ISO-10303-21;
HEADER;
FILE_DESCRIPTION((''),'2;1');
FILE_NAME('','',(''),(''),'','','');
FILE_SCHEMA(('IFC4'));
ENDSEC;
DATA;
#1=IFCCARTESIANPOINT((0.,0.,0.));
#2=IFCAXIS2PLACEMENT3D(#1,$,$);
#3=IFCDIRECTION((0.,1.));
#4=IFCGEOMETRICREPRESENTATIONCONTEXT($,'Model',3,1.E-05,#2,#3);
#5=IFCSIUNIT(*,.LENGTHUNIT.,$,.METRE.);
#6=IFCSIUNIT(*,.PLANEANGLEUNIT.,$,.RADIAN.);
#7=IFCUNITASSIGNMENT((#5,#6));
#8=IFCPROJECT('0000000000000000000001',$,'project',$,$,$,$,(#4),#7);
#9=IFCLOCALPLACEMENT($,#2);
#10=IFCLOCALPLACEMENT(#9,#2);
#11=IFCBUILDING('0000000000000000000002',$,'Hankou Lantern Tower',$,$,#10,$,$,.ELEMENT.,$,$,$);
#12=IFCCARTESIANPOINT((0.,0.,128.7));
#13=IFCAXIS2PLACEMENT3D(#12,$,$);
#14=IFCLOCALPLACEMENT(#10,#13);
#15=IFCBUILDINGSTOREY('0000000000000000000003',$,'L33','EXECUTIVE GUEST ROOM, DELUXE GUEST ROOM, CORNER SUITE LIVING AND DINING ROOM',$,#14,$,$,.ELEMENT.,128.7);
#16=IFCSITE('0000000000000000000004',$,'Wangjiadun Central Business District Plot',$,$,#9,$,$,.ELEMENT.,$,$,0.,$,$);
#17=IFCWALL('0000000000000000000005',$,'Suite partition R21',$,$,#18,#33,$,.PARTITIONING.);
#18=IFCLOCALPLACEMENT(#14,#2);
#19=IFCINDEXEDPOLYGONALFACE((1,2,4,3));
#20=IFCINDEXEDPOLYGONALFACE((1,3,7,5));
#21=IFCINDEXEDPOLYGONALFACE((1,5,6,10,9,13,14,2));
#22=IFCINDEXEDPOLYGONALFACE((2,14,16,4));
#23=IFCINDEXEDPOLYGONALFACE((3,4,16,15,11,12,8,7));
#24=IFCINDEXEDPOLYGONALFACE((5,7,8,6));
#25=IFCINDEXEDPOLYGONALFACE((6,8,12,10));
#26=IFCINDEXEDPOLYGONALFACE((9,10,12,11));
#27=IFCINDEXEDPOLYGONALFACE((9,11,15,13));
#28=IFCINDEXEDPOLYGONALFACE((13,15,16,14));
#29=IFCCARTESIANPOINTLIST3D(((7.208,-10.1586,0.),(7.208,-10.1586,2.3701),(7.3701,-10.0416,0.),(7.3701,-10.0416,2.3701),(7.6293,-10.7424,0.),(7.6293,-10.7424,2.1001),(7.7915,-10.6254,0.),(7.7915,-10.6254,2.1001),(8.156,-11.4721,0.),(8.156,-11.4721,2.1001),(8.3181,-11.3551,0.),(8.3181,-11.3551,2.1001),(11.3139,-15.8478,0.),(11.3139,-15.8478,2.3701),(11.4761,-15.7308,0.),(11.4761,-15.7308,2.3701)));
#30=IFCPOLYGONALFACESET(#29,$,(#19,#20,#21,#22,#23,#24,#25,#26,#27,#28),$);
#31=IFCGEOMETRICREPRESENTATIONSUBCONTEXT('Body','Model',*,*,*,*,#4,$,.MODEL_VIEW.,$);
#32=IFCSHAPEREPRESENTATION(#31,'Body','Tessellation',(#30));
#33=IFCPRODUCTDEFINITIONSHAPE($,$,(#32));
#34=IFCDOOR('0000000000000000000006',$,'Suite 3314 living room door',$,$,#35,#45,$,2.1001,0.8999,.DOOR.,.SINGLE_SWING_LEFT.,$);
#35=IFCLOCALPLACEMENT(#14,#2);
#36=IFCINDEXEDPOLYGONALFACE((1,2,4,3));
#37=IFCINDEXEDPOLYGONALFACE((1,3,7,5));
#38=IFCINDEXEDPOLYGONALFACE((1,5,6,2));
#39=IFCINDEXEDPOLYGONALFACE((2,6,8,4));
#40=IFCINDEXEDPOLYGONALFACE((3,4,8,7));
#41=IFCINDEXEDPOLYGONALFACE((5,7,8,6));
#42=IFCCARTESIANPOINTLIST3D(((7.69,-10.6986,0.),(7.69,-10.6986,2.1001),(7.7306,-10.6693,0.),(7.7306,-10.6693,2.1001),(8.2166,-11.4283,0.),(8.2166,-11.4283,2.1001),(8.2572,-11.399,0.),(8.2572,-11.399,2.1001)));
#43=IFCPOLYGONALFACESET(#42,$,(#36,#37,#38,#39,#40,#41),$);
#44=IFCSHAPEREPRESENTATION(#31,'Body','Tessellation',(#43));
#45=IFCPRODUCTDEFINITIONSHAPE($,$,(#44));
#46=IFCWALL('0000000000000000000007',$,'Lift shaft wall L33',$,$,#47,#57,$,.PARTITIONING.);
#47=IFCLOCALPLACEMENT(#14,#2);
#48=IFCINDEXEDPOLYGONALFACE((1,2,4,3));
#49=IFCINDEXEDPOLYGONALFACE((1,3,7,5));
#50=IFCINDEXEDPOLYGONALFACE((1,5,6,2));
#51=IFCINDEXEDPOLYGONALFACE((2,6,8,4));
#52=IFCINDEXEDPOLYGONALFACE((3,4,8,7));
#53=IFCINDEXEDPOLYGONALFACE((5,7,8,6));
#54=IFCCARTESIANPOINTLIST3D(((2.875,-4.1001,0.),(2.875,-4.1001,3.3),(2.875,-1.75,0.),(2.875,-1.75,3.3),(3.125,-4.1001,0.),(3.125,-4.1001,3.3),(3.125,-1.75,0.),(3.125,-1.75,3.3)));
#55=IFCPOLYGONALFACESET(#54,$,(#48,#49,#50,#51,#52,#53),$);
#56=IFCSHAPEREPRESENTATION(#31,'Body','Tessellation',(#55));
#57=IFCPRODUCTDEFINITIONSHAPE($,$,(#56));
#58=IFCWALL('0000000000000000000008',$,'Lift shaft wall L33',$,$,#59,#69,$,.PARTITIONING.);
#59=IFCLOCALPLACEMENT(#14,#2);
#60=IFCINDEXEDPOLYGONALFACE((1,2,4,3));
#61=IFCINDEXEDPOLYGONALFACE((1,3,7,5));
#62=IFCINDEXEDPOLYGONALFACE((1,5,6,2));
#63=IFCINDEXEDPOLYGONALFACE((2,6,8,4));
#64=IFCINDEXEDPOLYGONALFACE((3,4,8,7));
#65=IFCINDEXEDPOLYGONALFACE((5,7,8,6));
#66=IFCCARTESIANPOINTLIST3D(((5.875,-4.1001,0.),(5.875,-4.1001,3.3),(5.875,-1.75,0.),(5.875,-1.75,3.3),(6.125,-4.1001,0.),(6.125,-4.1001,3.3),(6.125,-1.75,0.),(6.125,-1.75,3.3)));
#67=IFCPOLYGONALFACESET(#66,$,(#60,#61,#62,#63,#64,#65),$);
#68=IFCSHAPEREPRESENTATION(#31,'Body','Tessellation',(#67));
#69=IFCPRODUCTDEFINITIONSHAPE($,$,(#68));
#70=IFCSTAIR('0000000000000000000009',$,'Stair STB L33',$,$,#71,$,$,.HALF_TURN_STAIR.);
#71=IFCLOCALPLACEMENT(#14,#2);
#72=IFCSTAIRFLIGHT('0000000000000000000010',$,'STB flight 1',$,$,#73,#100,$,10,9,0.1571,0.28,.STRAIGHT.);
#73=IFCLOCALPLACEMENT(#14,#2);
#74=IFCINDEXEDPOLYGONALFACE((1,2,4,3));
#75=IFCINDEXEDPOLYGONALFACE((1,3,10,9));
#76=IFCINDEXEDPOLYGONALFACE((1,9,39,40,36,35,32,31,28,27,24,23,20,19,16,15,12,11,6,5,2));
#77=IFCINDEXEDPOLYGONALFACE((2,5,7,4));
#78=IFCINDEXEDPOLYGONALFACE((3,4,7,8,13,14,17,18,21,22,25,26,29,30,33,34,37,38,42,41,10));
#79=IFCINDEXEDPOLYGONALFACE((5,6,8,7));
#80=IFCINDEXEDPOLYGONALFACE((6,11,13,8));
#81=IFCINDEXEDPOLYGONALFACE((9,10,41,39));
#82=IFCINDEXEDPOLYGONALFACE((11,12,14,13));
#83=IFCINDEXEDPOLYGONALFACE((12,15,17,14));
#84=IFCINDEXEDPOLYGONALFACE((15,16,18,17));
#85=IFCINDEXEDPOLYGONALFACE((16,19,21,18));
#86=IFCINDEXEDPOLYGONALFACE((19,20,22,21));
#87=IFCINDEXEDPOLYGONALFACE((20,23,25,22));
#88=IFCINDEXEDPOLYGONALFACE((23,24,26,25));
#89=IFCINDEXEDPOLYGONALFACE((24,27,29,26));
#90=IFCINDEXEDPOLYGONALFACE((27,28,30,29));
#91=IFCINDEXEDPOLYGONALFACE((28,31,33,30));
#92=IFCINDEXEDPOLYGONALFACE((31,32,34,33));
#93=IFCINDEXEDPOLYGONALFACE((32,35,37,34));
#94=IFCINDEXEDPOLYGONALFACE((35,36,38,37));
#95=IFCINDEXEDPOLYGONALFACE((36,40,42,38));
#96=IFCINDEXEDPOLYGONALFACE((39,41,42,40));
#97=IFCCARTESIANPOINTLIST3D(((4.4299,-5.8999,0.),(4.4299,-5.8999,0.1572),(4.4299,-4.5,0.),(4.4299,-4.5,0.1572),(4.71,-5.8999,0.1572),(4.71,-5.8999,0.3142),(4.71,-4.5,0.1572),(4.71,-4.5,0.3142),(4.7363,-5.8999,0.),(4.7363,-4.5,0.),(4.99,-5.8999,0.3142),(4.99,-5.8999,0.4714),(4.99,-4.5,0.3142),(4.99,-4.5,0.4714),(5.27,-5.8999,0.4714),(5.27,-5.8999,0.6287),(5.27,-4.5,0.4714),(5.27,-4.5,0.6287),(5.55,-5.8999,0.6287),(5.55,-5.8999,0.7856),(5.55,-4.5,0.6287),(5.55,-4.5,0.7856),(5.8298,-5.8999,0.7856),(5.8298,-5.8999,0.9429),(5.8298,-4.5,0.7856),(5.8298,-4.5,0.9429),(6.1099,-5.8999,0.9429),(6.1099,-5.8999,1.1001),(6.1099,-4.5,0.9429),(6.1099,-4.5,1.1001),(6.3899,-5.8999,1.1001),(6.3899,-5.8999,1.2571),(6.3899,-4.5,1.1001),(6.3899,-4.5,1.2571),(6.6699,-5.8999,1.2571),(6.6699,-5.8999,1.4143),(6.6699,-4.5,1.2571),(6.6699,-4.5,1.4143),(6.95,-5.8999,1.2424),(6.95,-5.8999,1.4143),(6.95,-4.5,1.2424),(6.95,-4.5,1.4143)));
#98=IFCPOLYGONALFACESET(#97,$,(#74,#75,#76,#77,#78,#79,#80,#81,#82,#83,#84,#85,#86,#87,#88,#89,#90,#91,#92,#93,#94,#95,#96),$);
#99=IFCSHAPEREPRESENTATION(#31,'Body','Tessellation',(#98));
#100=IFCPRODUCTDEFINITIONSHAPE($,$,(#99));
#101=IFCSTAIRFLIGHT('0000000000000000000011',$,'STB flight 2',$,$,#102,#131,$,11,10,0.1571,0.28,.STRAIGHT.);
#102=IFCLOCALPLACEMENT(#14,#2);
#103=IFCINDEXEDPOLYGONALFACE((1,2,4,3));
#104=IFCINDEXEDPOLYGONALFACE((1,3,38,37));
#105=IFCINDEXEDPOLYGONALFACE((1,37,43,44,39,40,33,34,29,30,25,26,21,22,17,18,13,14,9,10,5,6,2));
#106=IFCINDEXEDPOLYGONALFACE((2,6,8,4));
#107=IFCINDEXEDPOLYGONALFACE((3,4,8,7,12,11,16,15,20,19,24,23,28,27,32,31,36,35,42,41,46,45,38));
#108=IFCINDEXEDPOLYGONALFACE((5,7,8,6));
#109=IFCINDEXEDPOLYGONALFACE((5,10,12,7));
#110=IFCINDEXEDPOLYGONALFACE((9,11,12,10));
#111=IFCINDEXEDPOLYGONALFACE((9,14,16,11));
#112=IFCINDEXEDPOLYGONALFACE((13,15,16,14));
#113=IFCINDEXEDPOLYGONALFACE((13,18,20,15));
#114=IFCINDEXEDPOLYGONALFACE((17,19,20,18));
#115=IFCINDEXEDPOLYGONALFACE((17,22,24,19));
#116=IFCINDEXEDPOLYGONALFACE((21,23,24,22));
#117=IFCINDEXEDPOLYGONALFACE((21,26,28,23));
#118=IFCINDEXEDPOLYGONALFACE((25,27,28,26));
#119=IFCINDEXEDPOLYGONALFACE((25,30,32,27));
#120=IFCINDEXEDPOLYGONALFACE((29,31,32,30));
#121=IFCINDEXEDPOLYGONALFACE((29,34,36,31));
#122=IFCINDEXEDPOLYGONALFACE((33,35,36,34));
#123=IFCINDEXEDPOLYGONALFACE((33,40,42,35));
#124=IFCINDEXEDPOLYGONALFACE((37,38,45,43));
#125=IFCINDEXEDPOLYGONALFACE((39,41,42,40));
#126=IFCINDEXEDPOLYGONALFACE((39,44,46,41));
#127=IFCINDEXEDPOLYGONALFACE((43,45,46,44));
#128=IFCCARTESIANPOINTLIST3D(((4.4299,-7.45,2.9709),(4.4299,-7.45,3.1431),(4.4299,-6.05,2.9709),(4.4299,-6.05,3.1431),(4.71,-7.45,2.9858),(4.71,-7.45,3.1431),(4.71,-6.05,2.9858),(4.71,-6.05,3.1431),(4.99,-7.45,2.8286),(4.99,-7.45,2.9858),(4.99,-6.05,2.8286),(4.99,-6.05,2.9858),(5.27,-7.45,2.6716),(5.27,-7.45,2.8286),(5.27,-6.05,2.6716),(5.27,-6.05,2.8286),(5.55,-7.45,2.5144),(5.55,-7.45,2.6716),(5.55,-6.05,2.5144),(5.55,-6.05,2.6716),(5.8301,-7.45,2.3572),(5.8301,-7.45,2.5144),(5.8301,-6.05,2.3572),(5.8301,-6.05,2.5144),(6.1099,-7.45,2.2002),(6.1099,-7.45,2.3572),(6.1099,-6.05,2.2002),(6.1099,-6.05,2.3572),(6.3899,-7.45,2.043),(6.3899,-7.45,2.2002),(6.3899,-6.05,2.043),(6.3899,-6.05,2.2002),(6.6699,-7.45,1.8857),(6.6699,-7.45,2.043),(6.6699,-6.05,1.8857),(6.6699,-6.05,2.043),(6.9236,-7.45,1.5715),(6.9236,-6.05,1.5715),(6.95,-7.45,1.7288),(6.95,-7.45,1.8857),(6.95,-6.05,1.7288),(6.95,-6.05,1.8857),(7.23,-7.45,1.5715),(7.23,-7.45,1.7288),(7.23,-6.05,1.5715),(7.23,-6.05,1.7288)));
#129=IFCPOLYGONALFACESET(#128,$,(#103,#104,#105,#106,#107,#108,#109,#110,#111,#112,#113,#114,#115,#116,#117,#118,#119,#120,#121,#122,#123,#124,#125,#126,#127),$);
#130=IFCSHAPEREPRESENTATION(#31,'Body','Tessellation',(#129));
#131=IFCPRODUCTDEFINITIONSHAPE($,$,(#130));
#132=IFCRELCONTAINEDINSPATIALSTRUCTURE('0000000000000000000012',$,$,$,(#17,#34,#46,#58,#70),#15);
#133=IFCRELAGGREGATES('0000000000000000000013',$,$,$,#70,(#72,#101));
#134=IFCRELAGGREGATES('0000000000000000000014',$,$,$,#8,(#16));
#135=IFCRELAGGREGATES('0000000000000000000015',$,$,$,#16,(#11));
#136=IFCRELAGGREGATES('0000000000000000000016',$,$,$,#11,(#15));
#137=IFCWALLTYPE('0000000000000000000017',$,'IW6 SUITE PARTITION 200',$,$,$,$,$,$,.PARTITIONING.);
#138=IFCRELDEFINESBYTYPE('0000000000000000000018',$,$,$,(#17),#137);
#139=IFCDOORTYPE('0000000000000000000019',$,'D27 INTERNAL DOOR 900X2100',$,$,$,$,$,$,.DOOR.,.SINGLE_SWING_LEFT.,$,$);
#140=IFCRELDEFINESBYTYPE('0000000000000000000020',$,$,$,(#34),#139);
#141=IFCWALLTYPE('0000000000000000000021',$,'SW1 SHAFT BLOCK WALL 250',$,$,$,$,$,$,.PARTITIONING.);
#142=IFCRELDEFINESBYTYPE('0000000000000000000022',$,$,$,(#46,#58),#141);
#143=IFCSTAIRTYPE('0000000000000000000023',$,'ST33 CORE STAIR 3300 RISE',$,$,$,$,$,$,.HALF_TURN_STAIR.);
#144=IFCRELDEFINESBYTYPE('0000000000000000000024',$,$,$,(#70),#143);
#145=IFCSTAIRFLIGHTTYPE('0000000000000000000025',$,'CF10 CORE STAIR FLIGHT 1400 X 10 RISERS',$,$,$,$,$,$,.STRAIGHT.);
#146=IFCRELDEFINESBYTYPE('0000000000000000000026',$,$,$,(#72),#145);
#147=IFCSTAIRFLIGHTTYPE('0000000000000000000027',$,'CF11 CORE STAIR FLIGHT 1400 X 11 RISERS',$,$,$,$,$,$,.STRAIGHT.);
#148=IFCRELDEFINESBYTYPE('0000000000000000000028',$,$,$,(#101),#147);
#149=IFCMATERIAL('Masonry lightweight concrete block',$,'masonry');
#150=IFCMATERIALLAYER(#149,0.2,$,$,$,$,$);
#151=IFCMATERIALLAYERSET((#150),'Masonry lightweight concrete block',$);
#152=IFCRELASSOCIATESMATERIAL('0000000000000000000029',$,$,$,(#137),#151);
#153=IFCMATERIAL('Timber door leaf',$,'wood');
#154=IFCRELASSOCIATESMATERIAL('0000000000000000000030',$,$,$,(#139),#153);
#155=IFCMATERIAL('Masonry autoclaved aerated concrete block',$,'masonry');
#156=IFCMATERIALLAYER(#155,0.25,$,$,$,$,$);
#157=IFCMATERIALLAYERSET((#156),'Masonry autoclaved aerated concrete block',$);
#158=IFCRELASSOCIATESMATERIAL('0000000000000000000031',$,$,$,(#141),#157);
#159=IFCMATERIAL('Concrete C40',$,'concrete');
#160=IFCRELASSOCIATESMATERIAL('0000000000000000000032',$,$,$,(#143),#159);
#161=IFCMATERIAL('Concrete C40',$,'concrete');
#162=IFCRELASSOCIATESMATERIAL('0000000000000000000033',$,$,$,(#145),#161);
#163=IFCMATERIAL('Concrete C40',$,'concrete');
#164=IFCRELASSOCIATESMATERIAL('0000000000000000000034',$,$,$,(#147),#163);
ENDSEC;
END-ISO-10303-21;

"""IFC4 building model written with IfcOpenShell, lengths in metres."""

from ifc_helpers import new_model, si_unit, direction, frame, frame_2d, origin, place, context, subcontext, project, spatial, polyline, rectangle, outline, extrude, material, layer, layer_set, type_object, element, fill, aggregate, save


model = new_model("IFC4")

# Units and contexts
model_context = context("Model", 3, precision=1e-05, world=origin(), true_north=direction((0.0, 1.0)))
body_context = subcontext(model_context, "Body", "Model", "MODEL_VIEW")
ifc_project = project(units=[si_unit("LENGTHUNIT", "METRE"), si_unit("PLANEANGLEUNIT", "RADIAN")], contexts=[model_context])

# Site, building, storey
site_placement = place(None, origin())
site = spatial("IfcSite", under=ifc_project, at=site_placement, Name="Wangjiadun Central Business District Plot", CompositionType="ELEMENT", RefElevation=0.0)
building_placement = place(site_placement, origin())
building = spatial("IfcBuilding", under=site, at=building_placement, Name="Hankou Lantern Tower", CompositionType="ELEMENT")
storey_placement = place(building_placement, frame((0.0, 0.0, 128.7)))
storey = spatial("IfcBuildingStorey", under=building, at=storey_placement, Name="L33", Description="EXECUTIVE GUEST ROOM, DELUXE GUEST ROOM, CORNER SUITE LIVING AND DINING ROOM", CompositionType="ELEMENT", Elevation=128.7)

# Wall, opening, door
ifc_material_1 = material(Name="Masonry lightweight concrete block", Category="masonry")
ifc_layer_1 = layer(ifc_material_1, 0.2)
ifc_layer_set_1 = layer_set([ifc_layer_1], Name="Masonry lightweight concrete block")
wall_type_1 = type_object("IfcWallType", Name="IW6 SUITE PARTITION 200", PredefinedType="PARTITIONING", material=ifc_layer_set_1)
wall_1_placement = place(storey_placement, frame((7.2891, -10.1001, 0.0), z_axis=(0.0, 0.0, 1.0), x_axis=(0.585217, -0.810876, 0.0)))
wall_1 = element("IfcWall", 1, at=wall_1_placement, inside=storey, type_object=wall_type_1, Name="Suite partition R21", PredefinedType="PARTITIONING", context=body_context, shape_type="SweptSolid", body=[
    extrude(rectangle(XDim=7.0161, YDim=0.2, at=frame_2d((3.5081, 0.0))), origin(), (0.0, 0.0, 1.0), 2.3701),
])
opening_1_placement = place(wall_1_placement, frame((0.72, 0.0, 0.0)))
opening_1 = element("IfcOpeningElement", 2, at=opening_1_placement, cuts=wall_1, PredefinedType="OPENING", context=body_context, shape_type="SweptSolid", body=[
    extrude(rectangle(XDim=0.8999, YDim=2.1001, at=frame_2d((0.45, 1.05))), frame((0.0, 0.1099, 0.0), z_axis=(0.0, -1.0, 0.0), x_axis=(1.0, 0.0, 0.0)), (0.0, 0.0, 1.0), 0.22),
])
ifc_material_2 = material(Name="Timber door leaf", Category="wood")
door_type_1 = type_object("IfcDoorType", Name="D27 INTERNAL DOOR 900X2100", OperationType="SINGLE_SWING_LEFT", PredefinedType="DOOR", material=ifc_material_2)
door_1_placement = place(opening_1_placement, origin())
door_1 = element("IfcDoor", 3, at=door_1_placement, inside=storey, type_object=door_type_1, Name="Suite 3314 living room door", OperationType="SINGLE_SWING_LEFT", OverallHeight=2.1001, OverallWidth=0.8999, PredefinedType="DOOR", context=body_context, shape_type="SweptSolid", body=[
    extrude(rectangle(XDim=0.8999, YDim=2.1001, at=frame_2d((0.45, 1.05))), frame((0.0, 0.0249, 0.0), z_axis=(0.0, -1.0, 0.0), x_axis=(1.0, 0.0, 0.0)), (0.0, 0.0, 1.0), 0.05),
])
fill(opening_1, door_1)

# Walls
ifc_material_3 = material(Name="Masonry autoclaved aerated concrete block", Category="masonry")
ifc_layer_2 = layer(ifc_material_3, 0.25)
ifc_layer_set_2 = layer_set([ifc_layer_2], Name="Masonry autoclaved aerated concrete block")
wall_type_2 = type_object("IfcWallType", Name="SW1 SHAFT BLOCK WALL 250", PredefinedType="PARTITIONING", material=ifc_layer_set_2)
for number, where, z_axis, x_axis, name in (
    (4, (3.0, -4.1001, 0.0), (0.0, 0.0, 1.0), (0.0, 1.0, 0.0), "Lift shaft wall L33"),
    (5, (6.0, -4.1001, 0.0), (0.0, 0.0, 1.0), (0.0, 1.0, 0.0), "Lift shaft wall L33"),
):
    element("IfcWall", number, at=place(storey_placement, frame(where, z_axis=z_axis, x_axis=x_axis)), inside=storey, type_object=wall_type_2, Name=name, PredefinedType="PARTITIONING", context=body_context, shape_type="SweptSolid", body=[
        extrude(rectangle(XDim=2.3501, YDim=0.25, at=frame_2d((1.175, 0.0))), origin(), (0.0, 0.0, 1.0), 3.3),
    ])

# Stair, stair flights
ifc_material_4 = material(Name="Concrete C40", Category="concrete")
stair_type = type_object("IfcStairType", Name="ST33 CORE STAIR 3300 RISE", PredefinedType="HALF_TURN_STAIR", material=ifc_material_4)
stair_placement = place(storey_placement, origin())
stair = element("IfcStair", 6, at=stair_placement, inside=storey, type_object=stair_type, Name="Stair STB L33", PredefinedType="HALF_TURN_STAIR")
ifc_material_5 = material(Name="Concrete C40", Category="concrete")
stair_flight_type_1 = type_object("IfcStairFlightType", Name="CF10 CORE STAIR FLIGHT 1400 X 10 RISERS", PredefinedType="STRAIGHT", material=ifc_material_5)
stair_flight_1_placement = place(storey_placement, frame((4.4299, -5.2, 0.0), z_axis=(0.0, 0.0, 1.0), x_axis=(1.0, 0.0, 0.0)))
stair_flight_1 = element("IfcStairFlight", 7, at=stair_flight_1_placement, type_object=stair_flight_type_1, Name="STB flight 1", NumberOfRisers=10, NumberOfTreads=9, PredefinedType="STRAIGHT", RiserHeight=0.1571, TreadLength=0.28, context=body_context, shape_type="SweptSolid", body=[
    extrude(outline(polyline([(0.0, 0.0), (0.0, 0.1572), (0.28, 0.1572), (0.28, 0.3142), (0.5601, 0.3142), (0.5601, 0.4714), (0.8401, 0.4714), (0.8401, 0.6287), (1.1201, 0.6287), (1.1201, 0.7856), (1.3999, 0.7856), (1.3999, 0.9429), (1.6799, 0.9429), (1.6799, 1.1001), (1.96, 1.1001), (1.96, 1.2571), (2.24, 1.2571), (2.24, 1.4143), (2.52, 1.4143), (2.52, 1.5715), (2.52, 1.2424), (0.3064, 0.0), (0.0, 0.0)])), frame((0.0, 0.7, 0.0), z_axis=(0.0, -1.0, 0.0), x_axis=(1.0, 0.0, 0.0)), (0.0, 0.0, 1.0), 1.3999),
])
ifc_material_6 = material(Name="Concrete C40", Category="concrete")
stair_flight_type_2 = type_object("IfcStairFlightType", Name="CF11 CORE STAIR FLIGHT 1400 X 11 RISERS", PredefinedType="STRAIGHT", material=ifc_material_6)
stair_flight_2_placement = place(storey_placement, frame((7.23, -6.75, 1.5715), z_axis=(0.0, 0.0, 1.0), x_axis=(-1.0, 0.0, 0.0)))
stair_flight_2 = element("IfcStairFlight", 8, at=stair_flight_2_placement, type_object=stair_flight_type_2, Name="STB flight 2", NumberOfRisers=11, NumberOfTreads=10, PredefinedType="STRAIGHT", RiserHeight=0.1571, TreadLength=0.28, context=body_context, shape_type="SweptSolid", body=[
    extrude(outline(polyline([(0.0, 0.0), (0.0, 0.1572), (0.28, 0.1572), (0.28, 0.3142), (0.5601, 0.3142), (0.5601, 0.4714), (0.8401, 0.4714), (0.8401, 0.6287), (1.1201, 0.6287), (1.1201, 0.7856), (1.3999, 0.7856), (1.3999, 0.9429), (1.6799, 0.9429), (1.6799, 1.1001), (1.96, 1.1001), (1.96, 1.2571), (2.24, 1.2571), (2.24, 1.4143), (2.52, 1.4143), (2.52, 1.5715), (2.8, 1.5715), (2.8, 1.7285), (2.8, 1.3994), (0.3064, 0.0), (0.0, 0.0)])), frame((0.0, 0.7, 0.0), z_axis=(0.0, -1.0, 0.0), x_axis=(1.0, 0.0, 0.0)), (0.0, 0.0, 1.0), 1.3999),
])
aggregate(stair, [stair_flight_1, stair_flight_2])

save(model, "model.ifc")
